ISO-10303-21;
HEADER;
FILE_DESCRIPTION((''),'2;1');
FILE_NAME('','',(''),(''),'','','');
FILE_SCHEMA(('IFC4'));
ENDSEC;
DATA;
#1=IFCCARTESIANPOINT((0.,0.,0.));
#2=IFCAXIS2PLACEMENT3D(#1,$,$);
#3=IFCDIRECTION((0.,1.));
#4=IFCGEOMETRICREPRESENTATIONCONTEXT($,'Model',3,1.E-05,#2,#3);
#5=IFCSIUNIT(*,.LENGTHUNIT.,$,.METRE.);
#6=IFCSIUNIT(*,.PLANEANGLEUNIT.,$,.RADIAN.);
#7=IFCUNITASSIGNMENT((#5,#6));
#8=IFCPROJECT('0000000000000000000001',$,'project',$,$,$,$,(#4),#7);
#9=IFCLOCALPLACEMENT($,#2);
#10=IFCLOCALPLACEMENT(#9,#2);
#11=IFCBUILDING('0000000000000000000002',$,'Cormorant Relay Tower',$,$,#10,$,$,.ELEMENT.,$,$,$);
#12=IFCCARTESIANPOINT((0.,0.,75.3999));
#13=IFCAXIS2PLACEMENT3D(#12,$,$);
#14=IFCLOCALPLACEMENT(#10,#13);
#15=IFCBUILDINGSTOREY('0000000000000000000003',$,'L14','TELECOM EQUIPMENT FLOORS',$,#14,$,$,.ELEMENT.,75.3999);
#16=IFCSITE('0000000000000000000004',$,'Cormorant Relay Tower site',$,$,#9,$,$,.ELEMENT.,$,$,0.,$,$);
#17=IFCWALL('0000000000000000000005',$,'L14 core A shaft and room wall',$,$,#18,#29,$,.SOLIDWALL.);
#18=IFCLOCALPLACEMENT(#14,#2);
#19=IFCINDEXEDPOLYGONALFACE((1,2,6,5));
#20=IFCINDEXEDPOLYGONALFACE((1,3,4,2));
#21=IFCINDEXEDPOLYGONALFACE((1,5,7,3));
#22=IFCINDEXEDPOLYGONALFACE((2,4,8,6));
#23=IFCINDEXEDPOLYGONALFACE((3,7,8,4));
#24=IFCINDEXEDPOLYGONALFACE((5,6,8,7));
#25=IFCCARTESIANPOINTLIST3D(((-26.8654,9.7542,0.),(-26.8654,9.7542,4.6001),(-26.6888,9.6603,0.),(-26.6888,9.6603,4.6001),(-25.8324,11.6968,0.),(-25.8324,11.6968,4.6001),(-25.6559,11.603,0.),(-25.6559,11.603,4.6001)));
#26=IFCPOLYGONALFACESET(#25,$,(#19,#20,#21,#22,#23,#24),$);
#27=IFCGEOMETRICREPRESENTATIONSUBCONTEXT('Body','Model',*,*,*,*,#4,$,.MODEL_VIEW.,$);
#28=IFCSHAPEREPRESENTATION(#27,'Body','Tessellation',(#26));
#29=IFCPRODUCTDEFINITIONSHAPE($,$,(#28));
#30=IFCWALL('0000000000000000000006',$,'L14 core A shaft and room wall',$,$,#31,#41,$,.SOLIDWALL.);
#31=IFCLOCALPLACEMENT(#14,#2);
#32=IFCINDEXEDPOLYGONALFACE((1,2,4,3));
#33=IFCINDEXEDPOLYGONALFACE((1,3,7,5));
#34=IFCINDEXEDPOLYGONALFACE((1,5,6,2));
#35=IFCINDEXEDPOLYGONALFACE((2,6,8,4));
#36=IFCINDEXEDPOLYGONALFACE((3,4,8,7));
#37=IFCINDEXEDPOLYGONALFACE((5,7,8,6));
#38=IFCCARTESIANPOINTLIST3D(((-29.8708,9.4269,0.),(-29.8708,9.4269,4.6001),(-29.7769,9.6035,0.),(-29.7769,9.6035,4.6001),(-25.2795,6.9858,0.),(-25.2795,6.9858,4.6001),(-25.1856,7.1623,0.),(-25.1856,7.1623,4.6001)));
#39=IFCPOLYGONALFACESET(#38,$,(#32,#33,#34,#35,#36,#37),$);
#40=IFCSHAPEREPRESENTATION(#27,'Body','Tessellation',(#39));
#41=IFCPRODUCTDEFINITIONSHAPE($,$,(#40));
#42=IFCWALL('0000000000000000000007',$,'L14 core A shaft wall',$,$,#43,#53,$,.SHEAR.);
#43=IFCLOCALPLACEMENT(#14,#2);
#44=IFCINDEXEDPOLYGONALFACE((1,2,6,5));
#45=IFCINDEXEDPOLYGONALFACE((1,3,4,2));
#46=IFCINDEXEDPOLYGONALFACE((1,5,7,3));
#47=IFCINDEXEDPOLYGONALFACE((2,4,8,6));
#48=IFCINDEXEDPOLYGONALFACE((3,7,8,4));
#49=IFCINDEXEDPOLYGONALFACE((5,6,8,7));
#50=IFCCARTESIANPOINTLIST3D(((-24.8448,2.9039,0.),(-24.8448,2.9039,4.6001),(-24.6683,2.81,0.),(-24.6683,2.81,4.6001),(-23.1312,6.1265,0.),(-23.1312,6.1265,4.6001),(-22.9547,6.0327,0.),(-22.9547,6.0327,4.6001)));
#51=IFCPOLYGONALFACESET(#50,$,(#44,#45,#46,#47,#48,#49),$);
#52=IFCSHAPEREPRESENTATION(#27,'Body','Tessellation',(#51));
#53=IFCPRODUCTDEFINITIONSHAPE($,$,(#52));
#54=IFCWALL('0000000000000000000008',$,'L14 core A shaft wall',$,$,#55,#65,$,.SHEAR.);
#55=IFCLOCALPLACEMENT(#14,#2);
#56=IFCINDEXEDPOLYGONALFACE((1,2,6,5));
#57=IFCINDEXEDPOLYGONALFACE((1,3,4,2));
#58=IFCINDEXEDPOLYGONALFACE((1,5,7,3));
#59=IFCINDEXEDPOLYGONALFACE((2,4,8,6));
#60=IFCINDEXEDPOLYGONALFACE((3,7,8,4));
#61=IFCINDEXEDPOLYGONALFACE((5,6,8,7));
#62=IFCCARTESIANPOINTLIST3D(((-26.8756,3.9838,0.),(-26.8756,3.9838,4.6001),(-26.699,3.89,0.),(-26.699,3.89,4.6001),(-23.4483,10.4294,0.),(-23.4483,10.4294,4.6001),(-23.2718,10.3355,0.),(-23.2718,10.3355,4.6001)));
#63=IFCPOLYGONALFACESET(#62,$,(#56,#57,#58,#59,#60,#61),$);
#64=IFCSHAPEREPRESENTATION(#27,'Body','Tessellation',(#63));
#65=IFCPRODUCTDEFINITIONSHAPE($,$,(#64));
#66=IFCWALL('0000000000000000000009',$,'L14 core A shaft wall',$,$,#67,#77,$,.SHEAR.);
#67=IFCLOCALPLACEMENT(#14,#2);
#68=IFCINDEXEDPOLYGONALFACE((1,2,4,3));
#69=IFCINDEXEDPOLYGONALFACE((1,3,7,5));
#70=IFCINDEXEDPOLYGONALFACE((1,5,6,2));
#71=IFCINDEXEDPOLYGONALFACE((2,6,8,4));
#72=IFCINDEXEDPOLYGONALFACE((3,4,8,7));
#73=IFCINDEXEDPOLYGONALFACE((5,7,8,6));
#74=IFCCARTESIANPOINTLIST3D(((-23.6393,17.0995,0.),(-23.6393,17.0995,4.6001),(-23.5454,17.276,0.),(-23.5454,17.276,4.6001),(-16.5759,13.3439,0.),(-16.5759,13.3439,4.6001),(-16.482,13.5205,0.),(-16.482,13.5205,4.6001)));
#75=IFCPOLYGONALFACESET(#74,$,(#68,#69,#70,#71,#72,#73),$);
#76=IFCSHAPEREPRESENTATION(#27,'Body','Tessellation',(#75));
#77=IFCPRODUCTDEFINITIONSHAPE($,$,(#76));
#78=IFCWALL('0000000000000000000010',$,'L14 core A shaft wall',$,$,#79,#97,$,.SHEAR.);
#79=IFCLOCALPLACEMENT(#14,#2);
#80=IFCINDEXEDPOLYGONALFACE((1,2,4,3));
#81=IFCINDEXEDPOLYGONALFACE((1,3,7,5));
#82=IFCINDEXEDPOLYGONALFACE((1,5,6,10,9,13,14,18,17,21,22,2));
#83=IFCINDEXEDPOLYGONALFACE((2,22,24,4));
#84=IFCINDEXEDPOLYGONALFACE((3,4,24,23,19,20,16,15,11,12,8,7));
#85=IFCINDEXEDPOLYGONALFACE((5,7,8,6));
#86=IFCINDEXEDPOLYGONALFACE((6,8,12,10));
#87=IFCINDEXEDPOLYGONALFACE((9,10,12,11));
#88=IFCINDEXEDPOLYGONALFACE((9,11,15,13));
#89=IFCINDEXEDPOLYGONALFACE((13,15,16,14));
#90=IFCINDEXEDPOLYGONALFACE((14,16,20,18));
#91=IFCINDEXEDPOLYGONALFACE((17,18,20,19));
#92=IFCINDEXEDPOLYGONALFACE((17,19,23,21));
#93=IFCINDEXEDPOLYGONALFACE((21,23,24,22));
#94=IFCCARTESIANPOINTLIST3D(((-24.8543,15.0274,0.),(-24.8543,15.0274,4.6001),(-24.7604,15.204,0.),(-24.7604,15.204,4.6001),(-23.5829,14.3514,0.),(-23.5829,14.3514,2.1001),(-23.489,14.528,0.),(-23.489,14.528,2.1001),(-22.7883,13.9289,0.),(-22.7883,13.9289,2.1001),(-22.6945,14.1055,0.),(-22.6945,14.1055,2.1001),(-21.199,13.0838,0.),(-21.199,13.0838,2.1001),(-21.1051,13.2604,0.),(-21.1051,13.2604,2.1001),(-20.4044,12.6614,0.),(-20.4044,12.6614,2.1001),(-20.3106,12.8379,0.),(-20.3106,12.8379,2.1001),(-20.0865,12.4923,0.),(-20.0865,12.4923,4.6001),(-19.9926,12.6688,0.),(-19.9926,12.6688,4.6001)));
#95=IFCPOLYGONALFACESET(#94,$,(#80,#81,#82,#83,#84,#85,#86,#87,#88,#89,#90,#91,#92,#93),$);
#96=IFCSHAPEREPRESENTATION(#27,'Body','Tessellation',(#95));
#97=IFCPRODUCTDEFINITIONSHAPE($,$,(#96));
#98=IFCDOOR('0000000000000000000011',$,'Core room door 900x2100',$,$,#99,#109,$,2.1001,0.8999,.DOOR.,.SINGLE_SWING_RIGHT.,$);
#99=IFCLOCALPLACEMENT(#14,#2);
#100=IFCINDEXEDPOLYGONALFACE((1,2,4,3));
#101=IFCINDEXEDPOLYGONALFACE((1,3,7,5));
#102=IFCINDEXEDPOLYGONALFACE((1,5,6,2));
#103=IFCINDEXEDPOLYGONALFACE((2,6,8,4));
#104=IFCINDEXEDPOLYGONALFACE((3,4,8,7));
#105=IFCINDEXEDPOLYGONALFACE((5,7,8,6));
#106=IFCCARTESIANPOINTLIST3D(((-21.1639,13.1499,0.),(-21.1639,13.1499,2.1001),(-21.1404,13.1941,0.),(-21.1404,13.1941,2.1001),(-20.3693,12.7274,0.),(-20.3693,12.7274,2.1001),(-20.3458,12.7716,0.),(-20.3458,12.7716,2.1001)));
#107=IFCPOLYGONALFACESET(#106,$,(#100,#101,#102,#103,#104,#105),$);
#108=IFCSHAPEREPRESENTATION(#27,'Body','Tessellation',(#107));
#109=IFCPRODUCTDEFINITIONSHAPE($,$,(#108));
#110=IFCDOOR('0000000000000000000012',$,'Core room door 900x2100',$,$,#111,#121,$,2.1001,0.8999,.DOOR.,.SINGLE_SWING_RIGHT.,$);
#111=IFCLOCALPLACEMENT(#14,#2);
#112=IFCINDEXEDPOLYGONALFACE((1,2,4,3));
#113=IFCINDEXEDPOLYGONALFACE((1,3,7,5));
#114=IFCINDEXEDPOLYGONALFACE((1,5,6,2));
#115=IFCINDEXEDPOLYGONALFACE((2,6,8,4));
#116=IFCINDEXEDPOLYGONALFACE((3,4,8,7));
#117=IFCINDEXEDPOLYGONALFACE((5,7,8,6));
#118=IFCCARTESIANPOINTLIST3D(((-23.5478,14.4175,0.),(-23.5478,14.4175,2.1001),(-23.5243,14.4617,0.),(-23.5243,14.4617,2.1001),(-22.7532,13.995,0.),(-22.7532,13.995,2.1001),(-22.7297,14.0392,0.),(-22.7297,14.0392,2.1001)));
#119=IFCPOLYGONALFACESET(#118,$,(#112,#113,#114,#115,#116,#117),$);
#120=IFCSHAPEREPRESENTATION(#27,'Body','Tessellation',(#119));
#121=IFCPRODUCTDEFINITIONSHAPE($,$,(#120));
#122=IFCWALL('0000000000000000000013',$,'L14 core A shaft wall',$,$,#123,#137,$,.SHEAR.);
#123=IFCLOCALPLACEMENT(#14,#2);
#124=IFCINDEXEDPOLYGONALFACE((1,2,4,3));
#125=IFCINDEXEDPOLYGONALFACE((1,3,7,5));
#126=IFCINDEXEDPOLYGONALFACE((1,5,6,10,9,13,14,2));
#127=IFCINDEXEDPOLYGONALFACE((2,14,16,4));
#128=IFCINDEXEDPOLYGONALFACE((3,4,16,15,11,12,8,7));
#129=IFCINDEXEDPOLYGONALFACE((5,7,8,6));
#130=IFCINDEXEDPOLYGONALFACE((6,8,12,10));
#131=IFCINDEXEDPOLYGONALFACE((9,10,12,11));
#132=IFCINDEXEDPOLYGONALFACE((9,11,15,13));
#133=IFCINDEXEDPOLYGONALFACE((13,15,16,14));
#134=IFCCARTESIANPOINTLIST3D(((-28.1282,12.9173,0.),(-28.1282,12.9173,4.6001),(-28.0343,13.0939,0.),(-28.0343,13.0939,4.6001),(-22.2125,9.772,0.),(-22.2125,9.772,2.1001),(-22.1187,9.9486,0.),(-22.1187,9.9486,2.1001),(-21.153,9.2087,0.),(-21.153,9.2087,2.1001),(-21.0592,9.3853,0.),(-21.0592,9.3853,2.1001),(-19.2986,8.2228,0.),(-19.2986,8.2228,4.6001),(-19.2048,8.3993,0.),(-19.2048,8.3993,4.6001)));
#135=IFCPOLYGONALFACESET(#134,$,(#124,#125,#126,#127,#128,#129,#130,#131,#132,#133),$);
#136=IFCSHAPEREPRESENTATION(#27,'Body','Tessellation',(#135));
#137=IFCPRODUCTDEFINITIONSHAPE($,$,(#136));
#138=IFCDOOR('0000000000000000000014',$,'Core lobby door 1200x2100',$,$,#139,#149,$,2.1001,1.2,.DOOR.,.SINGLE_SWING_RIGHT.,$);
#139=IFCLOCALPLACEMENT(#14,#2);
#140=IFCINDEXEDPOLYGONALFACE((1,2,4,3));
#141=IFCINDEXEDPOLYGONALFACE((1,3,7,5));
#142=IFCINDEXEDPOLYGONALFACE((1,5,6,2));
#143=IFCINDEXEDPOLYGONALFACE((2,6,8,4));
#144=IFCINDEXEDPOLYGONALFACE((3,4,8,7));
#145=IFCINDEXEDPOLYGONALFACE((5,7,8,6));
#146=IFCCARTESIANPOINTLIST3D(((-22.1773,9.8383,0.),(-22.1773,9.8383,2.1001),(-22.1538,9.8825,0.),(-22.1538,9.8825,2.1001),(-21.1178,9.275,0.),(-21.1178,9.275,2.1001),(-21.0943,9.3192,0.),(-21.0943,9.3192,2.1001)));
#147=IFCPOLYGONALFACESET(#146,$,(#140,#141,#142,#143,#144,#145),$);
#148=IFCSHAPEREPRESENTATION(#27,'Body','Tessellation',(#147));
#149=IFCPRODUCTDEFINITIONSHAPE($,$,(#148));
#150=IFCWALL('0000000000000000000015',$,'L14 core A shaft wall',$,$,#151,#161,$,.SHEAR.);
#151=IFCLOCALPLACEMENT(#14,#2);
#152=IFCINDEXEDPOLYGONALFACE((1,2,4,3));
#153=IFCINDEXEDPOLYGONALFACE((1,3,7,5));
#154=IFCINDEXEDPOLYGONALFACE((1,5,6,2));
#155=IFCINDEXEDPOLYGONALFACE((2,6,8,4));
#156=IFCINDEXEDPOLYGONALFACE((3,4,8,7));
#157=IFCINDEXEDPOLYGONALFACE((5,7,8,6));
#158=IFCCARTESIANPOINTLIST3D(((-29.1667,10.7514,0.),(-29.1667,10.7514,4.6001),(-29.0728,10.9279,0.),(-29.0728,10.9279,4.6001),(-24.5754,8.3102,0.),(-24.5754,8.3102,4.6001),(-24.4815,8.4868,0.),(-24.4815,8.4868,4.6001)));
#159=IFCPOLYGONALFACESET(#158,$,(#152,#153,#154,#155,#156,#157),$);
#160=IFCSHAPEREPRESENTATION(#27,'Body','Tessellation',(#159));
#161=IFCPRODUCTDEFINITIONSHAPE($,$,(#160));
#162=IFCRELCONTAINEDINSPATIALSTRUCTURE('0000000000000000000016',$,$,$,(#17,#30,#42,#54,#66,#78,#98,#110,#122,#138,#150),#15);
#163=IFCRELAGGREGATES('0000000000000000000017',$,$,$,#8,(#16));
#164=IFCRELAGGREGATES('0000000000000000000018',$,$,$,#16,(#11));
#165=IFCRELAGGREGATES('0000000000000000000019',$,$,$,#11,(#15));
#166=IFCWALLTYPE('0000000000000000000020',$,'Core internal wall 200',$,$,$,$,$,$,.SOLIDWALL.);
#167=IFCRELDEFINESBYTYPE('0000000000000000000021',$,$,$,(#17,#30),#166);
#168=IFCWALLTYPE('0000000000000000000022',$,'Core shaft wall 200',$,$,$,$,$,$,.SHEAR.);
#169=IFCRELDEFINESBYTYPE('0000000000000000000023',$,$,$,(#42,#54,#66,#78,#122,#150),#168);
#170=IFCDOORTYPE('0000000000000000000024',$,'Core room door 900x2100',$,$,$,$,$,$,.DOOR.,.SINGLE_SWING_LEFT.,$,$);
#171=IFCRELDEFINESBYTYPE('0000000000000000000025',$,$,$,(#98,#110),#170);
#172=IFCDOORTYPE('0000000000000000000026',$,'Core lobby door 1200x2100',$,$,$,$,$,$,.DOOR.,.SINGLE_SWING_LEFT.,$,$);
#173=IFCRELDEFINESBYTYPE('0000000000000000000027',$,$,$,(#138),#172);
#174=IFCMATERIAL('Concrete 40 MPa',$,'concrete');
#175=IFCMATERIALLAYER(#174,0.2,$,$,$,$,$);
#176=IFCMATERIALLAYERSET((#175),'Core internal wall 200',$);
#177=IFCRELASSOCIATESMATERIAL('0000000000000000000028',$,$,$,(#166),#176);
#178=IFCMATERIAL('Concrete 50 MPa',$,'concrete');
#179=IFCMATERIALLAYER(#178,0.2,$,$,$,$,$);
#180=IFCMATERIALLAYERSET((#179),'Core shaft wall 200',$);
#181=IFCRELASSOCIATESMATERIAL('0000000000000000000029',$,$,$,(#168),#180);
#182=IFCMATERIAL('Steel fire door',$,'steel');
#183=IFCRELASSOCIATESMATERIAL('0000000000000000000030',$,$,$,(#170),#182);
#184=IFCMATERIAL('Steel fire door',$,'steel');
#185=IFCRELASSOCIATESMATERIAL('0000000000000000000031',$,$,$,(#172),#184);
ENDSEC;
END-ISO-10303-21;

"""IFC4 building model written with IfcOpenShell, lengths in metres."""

from ifc_helpers import new_model, si_unit, direction, frame, frame_2d, origin, place, context, subcontext, project, spatial, rectangle, extrude, material, layer, layer_set, type_object, element, fill, save


model = new_model("IFC4")

# Units and contexts
model_context = context("Model", 3, precision=1e-05, world=origin(), true_north=direction((0.0, 1.0)))
body_context = subcontext(model_context, "Body", "Model", "MODEL_VIEW")
ifc_project = project(units=[si_unit("LENGTHUNIT", "METRE"), si_unit("PLANEANGLEUNIT", "RADIAN")], contexts=[model_context])

# Site, building, storey
site_placement = place(None, origin())
site = spatial("IfcSite", under=ifc_project, at=site_placement, Name="Cormorant Relay Tower site", CompositionType="ELEMENT", RefElevation=0.0)
building_placement = place(site_placement, origin())
building = spatial("IfcBuilding", under=site, at=building_placement, Name="Cormorant Relay Tower", CompositionType="ELEMENT")
storey_placement = place(building_placement, frame((0.0, 0.0, 75.3999)))
storey = spatial("IfcBuildingStorey", under=building, at=storey_placement, Name="L14", Description="TELECOM EQUIPMENT FLOORS", CompositionType="ELEMENT", Elevation=75.3999)

# Walls
ifc_material_1 = material(Name="Concrete 40 MPa", Category="concrete")
ifc_layer_1 = layer(ifc_material_1, 0.2)
ifc_layer_set_1 = layer_set([ifc_layer_1], Name="Core internal wall 200")
wall_type_1 = type_object("IfcWallType", Name="Core internal wall 200", PredefinedType="SOLIDWALL", material=ifc_layer_set_1)
wall_1_placement = place(storey_placement, frame((-25.7441, 11.6499, 0.0), z_axis=(0.0, 0.0, 1.0), x_axis=(-0.469488, -0.882939, 0.0)))
element("IfcWall", 1, at=wall_1_placement, inside=storey, type_object=wall_type_1, Name="L14 core A shaft and room wall", PredefinedType="SOLIDWALL", context=body_context, shape_type="SweptSolid", body=[
    extrude(rectangle(XDim=2.2002, YDim=0.2, at=frame_2d((1.1001, 0.0))), origin(), (0.0, 0.0, 1.0), 4.6001),
])
wall_2_placement = place(storey_placement, frame((-25.2324, 7.074, 0.0), z_axis=(0.0, 0.0, 1.0), x_axis=(-0.882954, 0.46946, 0.0)))
element("IfcWall", 2, at=wall_2_placement, inside=storey, type_object=wall_type_1, Name="L14 core A shaft and room wall", PredefinedType="SOLIDWALL", context=body_context, shape_type="SweptSolid", body=[
    extrude(rectangle(XDim=5.2, YDim=0.2, at=frame_2d((2.6001, 0.0))), origin(), (0.0, 0.0, 1.0), 4.6001),
])
ifc_material_2 = material(Name="Concrete 50 MPa", Category="concrete")
ifc_layer_2 = layer(ifc_material_2, 0.2)
ifc_layer_set_2 = layer_set([ifc_layer_2], Name="Core shaft wall 200")
wall_type_2 = type_object("IfcWallType", Name="Core shaft wall 200", PredefinedType="SHEAR", material=ifc_layer_set_2)
wall_3_placement = place(storey_placement, frame((-23.043, 6.0796, 0.0), z_axis=(0.0, 0.0, 1.0), x_axis=(-0.469494, -0.882936, 0.0)))
element("IfcWall", 3, at=wall_3_placement, inside=storey, type_object=wall_type_2, Name="L14 core A shaft wall", PredefinedType="SHEAR", context=body_context, shape_type="SweptSolid", body=[
    extrude(rectangle(XDim=3.6499, YDim=0.2, at=frame_2d((1.825, 0.0))), origin(), (0.0, 0.0, 1.0), 4.6001),
])
wall_4_placement = place(storey_placement, frame((-23.3601, 10.3823, 0.0), z_axis=(0.0, 0.0, 1.0), x_axis=(-0.46948, -0.882943, 0.0)))
element("IfcWall", 4, at=wall_4_placement, inside=storey, type_object=wall_type_2, Name="L14 core A shaft wall", PredefinedType="SHEAR", context=body_context, shape_type="SweptSolid", body=[
    extrude(rectangle(XDim=7.3, YDim=0.2, at=frame_2d((3.6499, 0.0))), origin(), (0.0, 0.0, 1.0), 4.6001),
])
wall_5_placement = place(storey_placement, frame((-16.5288, 13.4321, 0.0), z_axis=(0.0, 0.0, 1.0), x_axis=(-0.882953, 0.469462, 0.0)))
element("IfcWall", 5, at=wall_5_placement, inside=storey, type_object=wall_type_2, Name="L14 core A shaft wall", PredefinedType="SHEAR", context=body_context, shape_type="SweptSolid", body=[
    extrude(rectangle(XDim=7.9998, YDim=0.2, at=frame_2d((4.0, 0.0))), origin(), (0.0, 0.0, 1.0), 4.6001),
])

# Wall, openings, doors
wall_6_placement = place(storey_placement, frame((-20.0396, 12.5806, 0.0), z_axis=(0.0, 0.0, 1.0), x_axis=(-0.882943, 0.46948, 0.0)))
wall_6 = element("IfcWall", 6, at=wall_6_placement, inside=storey, type_object=wall_type_2, Name="L14 core A shaft wall", PredefinedType="SHEAR", context=body_context, shape_type="SweptSolid", body=[
    extrude(rectangle(XDim=5.3999, YDim=0.2, at=frame_2d((2.7, 0.0))), origin(), (0.0, 0.0, 1.0), 4.6001),
])
opening_1_placement = place(wall_6_placement, frame((0.3601, 0.0, 0.0)))
opening_1 = element("IfcOpeningElement", 7, at=opening_1_placement, cuts=wall_6, PredefinedType="OPENING", context=body_context, shape_type="SweptSolid", body=[
    extrude(rectangle(XDim=0.8999, YDim=2.1001, at=frame_2d((0.45, 1.05))), frame((0.0, 0.1099, 0.0), z_axis=(0.0, -1.0, 0.0), x_axis=(1.0, 0.0, 0.0)), (0.0, 0.0, 1.0), 0.22),
])
opening_2_placement = place(wall_6_placement, frame((3.0601, 0.0, 0.0)))
opening_2 = element("IfcOpeningElement", 8, at=opening_2_placement, cuts=wall_6, PredefinedType="OPENING", context=body_context, shape_type="SweptSolid", body=[
    extrude(rectangle(XDim=0.8999, YDim=2.1001, at=frame_2d((0.45, 1.05))), frame((0.0, 0.1099, 0.0), z_axis=(0.0, -1.0, 0.0), x_axis=(1.0, 0.0, 0.0)), (0.0, 0.0, 1.0), 0.22),
])
ifc_material_3 = material(Name="Steel fire door", Category="steel")
door_type_1 = type_object("IfcDoorType", Name="Core room door 900x2100", OperationType="SINGLE_SWING_LEFT", PredefinedType="DOOR", material=ifc_material_3)
door_1_placement = place(opening_1_placement, frame((0.8999, 0.0, 0.0), z_axis=(0.0, 0.0, 1.0), x_axis=(-1.0, 0.0, 0.0)))
door_1 = element("IfcDoor", 9, at=door_1_placement, inside=storey, type_object=door_type_1, Name="Core room door 900x2100", OperationType="SINGLE_SWING_RIGHT", OverallHeight=2.1001, OverallWidth=0.8999, PredefinedType="DOOR", context=body_context, shape_type="SweptSolid", body=[
    extrude(rectangle(XDim=0.8999, YDim=2.1001, at=frame_2d((0.45, 1.05))), frame((0.0, 0.0249, 0.0), z_axis=(0.0, -1.0, 0.0), x_axis=(1.0, 0.0, 0.0)), (0.0, 0.0, 1.0), 0.05),
])
fill(opening_1, door_1)
door_2_placement = place(opening_2_placement, frame((0.8999, 0.0, 0.0), z_axis=(0.0, 0.0, 1.0), x_axis=(-1.0, 0.0, 0.0)))
door_2 = element("IfcDoor", 10, at=door_2_placement, inside=storey, type_object=door_type_1, Name="Core room door 900x2100", OperationType="SINGLE_SWING_RIGHT", OverallHeight=2.1001, OverallWidth=0.8999, PredefinedType="DOOR", context=body_context, shape_type="SweptSolid", body=[
    extrude(rectangle(XDim=0.8999, YDim=2.1001, at=frame_2d((0.45, 1.05))), frame((0.0, 0.0249, 0.0), z_axis=(0.0, -1.0, 0.0), x_axis=(1.0, 0.0, 0.0)), (0.0, 0.0, 1.0), 0.05),
])
fill(opening_2, door_2)

# Wall, opening, door
wall_7_placement = place(storey_placement, frame((-19.2517, 8.311, 0.0), z_axis=(0.0, 0.0, 1.0), x_axis=(-0.882956, 0.469456, 0.0)))
wall_7 = element("IfcWall", 11, at=wall_7_placement, inside=storey, type_object=wall_type_2, Name="L14 core A shaft wall", PredefinedType="SHEAR", context=body_context, shape_type="SweptSolid", body=[
    extrude(rectangle(XDim=10.0, YDim=0.2, at=frame_2d((5.0, 0.0))), origin(), (0.0, 0.0, 1.0), 4.6001),
])
opening_3_placement = place(wall_7_placement, frame((2.1001, 0.0, 0.0)))
opening_3 = element("IfcOpeningElement", 12, at=opening_3_placement, cuts=wall_7, PredefinedType="OPENING", context=body_context, shape_type="SweptSolid", body=[
    extrude(rectangle(XDim=1.2, YDim=2.1001, at=frame_2d((0.6001, 1.05))), frame((0.0, 0.1099, 0.0), z_axis=(0.0, -1.0, 0.0), x_axis=(1.0, 0.0, 0.0)), (0.0, 0.0, 1.0), 0.22),
])
ifc_material_4 = material(Name="Steel fire door", Category="steel")
door_type_2 = type_object("IfcDoorType", Name="Core lobby door 1200x2100", OperationType="SINGLE_SWING_LEFT", PredefinedType="DOOR", material=ifc_material_4)
door_3_placement = place(opening_3_placement, origin())
door_3 = element("IfcDoor", 13, at=door_3_placement, inside=storey, type_object=door_type_2, Name="Core lobby door 1200x2100", OperationType="SINGLE_SWING_RIGHT", OverallHeight=2.1001, OverallWidth=1.2, PredefinedType="DOOR", context=body_context, shape_type="SweptSolid", body=[
    extrude(rectangle(XDim=1.2, YDim=2.1001, at=frame_2d((0.6001, 1.05))), frame((0.0, 0.0249, 0.0), z_axis=(0.0, -1.0, 0.0), x_axis=(1.0, 0.0, 0.0)), (0.0, 0.0, 1.0), 0.05),
])
fill(opening_3, door_3)

# Wall
wall_8_placement = place(storey_placement, frame((-24.5283, 8.3984, 0.0), z_axis=(0.0, 0.0, 1.0), x_axis=(-0.882954, 0.46946, 0.0)))
element("IfcWall", 14, at=wall_8_placement, inside=storey, type_object=wall_type_2, Name="L14 core A shaft wall", PredefinedType="SHEAR", context=body_context, shape_type="SweptSolid", body=[
    extrude(rectangle(XDim=5.2, YDim=0.2, at=frame_2d((2.6001, 0.0))), origin(), (0.0, 0.0, 1.0), 4.6001),
])

save(model, "model.ifc")
